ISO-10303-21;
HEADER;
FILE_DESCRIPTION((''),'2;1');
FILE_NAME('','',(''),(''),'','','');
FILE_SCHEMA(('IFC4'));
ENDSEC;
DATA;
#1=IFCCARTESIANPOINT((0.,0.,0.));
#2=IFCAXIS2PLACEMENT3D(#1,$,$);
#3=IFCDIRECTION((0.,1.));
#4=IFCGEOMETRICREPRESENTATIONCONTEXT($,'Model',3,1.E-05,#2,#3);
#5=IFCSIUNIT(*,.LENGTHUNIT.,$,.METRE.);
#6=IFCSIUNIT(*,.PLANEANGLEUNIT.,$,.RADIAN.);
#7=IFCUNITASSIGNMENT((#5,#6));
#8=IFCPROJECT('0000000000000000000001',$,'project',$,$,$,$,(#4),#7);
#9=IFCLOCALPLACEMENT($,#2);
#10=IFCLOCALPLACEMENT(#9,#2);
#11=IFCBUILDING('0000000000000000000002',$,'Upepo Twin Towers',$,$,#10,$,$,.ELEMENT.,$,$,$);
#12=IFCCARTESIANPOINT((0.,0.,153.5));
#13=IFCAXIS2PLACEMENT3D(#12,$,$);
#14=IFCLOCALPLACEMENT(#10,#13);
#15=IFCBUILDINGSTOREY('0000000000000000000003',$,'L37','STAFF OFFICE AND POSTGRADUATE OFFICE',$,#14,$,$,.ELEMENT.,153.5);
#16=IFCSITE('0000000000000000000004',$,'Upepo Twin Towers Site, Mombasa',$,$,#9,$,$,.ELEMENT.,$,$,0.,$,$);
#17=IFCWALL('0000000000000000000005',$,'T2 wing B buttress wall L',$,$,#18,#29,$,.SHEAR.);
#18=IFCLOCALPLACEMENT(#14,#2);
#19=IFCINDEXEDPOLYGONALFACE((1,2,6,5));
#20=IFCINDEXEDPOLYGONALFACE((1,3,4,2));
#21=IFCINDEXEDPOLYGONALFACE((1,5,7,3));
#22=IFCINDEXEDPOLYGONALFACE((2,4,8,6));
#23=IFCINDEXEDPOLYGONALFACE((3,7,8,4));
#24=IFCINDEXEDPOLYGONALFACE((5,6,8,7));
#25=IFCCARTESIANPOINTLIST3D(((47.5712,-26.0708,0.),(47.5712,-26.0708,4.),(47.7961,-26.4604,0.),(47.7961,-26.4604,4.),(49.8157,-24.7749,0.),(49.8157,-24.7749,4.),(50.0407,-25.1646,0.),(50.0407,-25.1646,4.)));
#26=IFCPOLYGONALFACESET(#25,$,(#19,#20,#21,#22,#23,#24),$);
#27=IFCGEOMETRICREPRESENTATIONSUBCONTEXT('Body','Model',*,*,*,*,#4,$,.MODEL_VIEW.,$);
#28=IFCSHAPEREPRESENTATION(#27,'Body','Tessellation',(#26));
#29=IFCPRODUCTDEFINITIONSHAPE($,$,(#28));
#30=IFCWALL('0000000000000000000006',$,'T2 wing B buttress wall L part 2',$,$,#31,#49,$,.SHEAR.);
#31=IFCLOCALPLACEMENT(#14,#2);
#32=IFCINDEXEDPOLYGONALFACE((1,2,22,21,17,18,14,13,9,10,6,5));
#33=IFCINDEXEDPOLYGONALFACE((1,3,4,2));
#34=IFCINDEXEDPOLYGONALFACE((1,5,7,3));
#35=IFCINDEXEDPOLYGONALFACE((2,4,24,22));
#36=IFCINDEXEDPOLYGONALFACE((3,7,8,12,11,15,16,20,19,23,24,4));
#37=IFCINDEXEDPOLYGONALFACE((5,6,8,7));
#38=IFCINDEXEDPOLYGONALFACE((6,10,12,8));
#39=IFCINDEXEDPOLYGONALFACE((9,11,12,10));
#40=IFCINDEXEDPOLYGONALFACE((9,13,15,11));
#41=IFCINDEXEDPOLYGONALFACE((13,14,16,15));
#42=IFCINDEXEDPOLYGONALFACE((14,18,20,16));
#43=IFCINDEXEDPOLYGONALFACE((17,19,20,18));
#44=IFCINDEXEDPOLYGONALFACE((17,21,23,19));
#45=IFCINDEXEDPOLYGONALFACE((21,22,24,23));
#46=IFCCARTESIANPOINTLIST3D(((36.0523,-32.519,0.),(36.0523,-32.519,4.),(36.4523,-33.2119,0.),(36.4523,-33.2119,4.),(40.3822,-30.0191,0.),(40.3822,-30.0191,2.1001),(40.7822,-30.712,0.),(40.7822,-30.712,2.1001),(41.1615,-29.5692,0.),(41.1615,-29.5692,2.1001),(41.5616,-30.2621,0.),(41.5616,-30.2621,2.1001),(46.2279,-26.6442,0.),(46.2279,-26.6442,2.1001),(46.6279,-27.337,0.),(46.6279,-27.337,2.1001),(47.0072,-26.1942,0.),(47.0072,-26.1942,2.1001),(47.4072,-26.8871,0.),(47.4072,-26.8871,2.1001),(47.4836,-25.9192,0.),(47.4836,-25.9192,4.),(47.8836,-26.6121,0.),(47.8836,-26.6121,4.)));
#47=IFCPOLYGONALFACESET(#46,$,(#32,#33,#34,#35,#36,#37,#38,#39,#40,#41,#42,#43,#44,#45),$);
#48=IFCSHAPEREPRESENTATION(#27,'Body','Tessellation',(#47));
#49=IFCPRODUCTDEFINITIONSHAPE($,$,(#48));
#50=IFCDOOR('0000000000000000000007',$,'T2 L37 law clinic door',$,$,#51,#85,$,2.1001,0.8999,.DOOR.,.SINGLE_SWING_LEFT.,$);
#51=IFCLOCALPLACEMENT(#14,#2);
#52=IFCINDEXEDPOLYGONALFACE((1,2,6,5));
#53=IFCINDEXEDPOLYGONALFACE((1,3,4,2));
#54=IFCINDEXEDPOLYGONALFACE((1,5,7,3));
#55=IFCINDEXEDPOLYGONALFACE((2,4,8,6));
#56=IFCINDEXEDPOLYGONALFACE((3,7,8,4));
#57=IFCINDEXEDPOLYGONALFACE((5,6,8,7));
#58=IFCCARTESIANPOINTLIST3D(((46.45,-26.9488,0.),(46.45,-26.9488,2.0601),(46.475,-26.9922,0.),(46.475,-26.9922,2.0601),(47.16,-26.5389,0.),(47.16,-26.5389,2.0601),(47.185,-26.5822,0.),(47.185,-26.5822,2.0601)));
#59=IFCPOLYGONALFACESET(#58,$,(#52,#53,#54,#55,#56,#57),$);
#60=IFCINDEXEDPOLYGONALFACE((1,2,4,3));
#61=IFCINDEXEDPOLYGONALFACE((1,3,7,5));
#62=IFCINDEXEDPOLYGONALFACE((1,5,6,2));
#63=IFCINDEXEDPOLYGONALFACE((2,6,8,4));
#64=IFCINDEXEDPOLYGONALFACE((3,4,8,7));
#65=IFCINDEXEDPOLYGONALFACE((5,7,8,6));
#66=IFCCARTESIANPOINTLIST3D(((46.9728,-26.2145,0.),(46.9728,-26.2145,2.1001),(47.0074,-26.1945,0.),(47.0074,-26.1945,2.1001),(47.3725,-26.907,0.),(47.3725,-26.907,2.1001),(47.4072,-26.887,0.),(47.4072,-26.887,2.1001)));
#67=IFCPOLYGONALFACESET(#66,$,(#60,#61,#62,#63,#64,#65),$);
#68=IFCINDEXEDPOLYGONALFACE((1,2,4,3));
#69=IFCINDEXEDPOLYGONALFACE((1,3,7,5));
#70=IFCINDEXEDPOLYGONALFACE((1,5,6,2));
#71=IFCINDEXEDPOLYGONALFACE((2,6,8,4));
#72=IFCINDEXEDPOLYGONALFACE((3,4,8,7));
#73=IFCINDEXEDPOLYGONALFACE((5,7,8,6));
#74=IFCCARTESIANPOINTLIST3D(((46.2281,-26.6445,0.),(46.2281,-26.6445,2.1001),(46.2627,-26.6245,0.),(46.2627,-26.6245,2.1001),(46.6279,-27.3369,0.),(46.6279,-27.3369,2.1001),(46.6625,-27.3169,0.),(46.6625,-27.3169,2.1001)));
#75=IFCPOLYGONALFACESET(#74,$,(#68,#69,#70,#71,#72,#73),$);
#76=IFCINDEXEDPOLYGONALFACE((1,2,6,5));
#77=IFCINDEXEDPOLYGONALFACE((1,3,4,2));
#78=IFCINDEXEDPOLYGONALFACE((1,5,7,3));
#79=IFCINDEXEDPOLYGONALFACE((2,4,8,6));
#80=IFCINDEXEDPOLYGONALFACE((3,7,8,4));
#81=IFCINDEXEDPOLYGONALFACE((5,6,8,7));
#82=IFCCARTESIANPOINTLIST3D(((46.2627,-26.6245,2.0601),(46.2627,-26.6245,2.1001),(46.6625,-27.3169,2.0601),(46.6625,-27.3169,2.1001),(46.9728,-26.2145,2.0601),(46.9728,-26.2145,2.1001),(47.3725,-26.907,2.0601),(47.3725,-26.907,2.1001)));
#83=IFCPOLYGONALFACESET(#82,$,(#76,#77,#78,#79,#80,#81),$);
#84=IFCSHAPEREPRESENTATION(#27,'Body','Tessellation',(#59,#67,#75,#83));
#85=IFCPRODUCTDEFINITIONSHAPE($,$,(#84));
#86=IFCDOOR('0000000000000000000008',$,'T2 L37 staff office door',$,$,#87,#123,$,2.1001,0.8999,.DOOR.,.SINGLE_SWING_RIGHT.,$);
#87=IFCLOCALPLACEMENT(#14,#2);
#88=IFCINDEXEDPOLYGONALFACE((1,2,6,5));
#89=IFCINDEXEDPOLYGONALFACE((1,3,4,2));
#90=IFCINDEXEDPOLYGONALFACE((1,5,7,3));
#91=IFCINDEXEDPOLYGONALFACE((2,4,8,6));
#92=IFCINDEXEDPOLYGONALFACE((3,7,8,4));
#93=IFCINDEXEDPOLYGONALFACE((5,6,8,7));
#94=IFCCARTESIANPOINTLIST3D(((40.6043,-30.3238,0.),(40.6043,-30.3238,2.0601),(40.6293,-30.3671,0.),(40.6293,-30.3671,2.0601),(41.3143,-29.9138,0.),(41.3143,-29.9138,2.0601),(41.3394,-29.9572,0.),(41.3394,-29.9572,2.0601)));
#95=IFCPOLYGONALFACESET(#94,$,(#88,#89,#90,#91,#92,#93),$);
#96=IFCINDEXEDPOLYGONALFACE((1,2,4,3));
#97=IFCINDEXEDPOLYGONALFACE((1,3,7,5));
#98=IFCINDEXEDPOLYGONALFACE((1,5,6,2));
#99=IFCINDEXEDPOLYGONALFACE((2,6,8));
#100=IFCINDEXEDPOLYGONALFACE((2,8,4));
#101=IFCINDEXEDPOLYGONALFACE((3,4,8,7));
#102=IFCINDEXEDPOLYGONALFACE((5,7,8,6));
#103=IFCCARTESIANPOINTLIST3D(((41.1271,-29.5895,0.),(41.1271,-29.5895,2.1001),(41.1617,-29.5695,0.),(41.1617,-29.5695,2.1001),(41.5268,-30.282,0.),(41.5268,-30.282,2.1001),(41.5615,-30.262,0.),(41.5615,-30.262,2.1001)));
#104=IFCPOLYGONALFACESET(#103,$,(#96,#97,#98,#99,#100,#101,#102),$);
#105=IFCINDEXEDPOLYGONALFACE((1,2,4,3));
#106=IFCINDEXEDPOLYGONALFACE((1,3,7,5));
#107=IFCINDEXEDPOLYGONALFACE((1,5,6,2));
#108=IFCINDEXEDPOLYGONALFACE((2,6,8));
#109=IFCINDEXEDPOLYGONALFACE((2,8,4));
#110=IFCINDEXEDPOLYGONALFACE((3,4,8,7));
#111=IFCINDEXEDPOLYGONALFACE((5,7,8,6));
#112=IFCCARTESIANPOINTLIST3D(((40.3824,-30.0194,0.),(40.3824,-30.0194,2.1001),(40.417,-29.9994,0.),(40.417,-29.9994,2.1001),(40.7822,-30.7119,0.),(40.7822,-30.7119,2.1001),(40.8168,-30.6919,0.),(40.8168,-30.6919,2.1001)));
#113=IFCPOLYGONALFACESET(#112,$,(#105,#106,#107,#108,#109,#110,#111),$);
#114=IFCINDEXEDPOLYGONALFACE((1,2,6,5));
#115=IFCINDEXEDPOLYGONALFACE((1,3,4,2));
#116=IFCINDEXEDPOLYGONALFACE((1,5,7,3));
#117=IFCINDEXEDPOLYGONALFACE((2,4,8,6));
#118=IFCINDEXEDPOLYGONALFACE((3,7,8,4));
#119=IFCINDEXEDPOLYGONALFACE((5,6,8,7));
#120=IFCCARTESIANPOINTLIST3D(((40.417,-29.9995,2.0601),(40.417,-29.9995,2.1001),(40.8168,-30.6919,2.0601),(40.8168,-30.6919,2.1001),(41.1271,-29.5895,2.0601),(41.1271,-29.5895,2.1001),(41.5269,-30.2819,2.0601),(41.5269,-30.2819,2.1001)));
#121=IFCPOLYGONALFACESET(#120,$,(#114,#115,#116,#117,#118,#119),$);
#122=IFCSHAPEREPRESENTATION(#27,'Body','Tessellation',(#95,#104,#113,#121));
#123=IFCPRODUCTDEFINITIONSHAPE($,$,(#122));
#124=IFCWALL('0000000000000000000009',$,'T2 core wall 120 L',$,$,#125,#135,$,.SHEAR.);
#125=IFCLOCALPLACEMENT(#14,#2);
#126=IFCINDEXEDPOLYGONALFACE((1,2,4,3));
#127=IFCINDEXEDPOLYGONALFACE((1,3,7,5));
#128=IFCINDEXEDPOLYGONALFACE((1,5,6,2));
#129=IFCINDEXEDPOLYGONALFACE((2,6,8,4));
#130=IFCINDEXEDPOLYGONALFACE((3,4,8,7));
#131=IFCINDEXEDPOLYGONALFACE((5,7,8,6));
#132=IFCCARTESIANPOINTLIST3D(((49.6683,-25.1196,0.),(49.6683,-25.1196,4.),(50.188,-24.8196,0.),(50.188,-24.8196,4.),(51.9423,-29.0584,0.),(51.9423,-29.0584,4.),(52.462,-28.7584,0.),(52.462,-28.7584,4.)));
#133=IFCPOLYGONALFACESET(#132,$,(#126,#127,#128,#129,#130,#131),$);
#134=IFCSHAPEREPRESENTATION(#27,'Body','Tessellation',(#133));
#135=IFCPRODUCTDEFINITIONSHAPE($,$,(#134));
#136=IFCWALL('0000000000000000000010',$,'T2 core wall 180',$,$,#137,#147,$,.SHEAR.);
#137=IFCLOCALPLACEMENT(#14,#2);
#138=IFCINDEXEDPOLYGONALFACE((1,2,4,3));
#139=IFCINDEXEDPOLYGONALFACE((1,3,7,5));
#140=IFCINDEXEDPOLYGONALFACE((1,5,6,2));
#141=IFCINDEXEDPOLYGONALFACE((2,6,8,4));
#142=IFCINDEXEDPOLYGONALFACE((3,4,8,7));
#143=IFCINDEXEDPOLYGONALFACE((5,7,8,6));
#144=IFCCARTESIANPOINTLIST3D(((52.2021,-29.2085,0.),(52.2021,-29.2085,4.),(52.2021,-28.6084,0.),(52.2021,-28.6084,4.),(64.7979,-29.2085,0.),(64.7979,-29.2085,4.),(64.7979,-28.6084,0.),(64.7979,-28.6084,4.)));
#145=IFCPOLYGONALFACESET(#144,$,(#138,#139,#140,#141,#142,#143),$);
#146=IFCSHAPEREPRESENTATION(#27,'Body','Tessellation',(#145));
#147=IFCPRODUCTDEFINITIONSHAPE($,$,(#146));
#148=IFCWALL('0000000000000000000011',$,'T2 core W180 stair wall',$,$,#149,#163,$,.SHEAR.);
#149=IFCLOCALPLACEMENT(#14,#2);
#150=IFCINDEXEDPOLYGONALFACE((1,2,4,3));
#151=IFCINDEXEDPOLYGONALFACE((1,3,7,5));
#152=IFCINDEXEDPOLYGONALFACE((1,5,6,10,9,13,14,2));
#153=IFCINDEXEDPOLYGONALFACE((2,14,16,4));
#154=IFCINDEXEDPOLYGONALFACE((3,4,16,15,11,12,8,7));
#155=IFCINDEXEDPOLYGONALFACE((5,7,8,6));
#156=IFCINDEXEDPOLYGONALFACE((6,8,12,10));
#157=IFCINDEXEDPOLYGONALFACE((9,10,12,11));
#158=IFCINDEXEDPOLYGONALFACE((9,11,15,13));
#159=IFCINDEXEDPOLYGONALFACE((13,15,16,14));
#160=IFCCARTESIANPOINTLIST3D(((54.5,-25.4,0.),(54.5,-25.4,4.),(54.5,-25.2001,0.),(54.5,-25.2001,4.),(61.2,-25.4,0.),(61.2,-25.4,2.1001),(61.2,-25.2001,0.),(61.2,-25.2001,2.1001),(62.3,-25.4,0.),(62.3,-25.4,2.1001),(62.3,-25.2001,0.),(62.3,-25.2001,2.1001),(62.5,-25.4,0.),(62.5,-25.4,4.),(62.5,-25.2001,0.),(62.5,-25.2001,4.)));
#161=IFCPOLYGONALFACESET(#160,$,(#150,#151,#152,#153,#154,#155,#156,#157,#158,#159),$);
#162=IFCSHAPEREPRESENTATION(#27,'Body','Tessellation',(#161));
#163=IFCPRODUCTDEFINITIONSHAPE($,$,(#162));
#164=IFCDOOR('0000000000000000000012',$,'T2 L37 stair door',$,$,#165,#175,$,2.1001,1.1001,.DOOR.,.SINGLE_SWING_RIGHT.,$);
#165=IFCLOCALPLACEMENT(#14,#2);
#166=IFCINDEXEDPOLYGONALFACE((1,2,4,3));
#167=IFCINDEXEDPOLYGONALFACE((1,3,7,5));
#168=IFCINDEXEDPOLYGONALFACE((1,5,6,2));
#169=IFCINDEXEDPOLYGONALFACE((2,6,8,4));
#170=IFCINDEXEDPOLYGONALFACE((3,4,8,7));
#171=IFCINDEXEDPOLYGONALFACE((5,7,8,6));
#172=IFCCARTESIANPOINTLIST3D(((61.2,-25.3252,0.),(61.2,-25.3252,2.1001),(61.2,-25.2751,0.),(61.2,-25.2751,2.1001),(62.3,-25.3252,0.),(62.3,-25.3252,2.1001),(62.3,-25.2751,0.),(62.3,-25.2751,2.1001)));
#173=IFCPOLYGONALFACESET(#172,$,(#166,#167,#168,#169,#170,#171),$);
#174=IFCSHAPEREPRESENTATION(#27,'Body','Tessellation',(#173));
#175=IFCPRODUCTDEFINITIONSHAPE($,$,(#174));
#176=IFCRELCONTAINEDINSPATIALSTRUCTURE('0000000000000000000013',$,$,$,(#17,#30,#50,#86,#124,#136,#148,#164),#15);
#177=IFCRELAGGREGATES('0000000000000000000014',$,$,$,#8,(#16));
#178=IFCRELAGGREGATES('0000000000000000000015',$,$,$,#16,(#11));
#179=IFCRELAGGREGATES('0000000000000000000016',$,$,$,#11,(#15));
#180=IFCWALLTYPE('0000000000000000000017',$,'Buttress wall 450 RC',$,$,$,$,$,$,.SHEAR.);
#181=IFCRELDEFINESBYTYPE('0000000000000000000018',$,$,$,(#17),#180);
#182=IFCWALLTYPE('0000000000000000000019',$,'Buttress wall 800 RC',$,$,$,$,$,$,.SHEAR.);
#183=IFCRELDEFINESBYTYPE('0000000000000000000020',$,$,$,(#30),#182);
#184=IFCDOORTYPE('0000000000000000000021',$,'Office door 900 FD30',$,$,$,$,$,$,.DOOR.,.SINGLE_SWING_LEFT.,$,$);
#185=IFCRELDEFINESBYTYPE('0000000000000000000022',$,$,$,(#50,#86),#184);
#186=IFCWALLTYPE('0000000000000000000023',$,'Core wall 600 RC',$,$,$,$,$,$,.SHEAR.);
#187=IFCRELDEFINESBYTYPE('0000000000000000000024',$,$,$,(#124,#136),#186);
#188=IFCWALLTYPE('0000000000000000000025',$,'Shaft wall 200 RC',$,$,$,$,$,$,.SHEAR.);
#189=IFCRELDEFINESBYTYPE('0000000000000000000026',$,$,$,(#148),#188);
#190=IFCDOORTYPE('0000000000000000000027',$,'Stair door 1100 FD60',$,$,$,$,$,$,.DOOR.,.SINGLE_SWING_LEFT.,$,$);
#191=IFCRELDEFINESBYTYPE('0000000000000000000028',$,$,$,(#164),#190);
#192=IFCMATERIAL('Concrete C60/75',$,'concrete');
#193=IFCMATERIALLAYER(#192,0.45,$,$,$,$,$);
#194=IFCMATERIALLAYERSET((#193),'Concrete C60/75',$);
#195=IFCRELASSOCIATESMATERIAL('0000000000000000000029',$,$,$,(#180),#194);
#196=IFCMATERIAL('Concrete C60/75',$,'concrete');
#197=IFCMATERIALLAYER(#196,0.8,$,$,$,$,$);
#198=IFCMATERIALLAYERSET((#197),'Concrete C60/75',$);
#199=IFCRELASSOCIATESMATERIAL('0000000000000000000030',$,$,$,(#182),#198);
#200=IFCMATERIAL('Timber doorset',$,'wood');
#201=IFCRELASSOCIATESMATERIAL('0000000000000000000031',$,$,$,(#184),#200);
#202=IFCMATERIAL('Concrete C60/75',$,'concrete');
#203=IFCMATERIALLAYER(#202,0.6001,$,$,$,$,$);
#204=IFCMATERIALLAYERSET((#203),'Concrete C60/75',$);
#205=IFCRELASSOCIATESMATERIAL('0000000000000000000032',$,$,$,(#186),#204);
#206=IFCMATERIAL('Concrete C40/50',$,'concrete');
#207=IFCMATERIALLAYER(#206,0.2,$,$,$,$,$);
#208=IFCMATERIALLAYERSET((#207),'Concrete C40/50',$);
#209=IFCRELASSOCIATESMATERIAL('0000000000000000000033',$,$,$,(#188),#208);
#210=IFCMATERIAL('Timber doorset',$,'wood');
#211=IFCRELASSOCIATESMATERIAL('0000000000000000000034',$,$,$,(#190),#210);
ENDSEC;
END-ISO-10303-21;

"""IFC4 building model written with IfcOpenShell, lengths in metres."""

from ifc_helpers import new_model, si_unit, direction, frame, frame_2d, origin, place, context, subcontext, project, spatial, rectangle, extrude, material, layer, layer_set, type_object, element, fill, save


model = new_model("IFC4")

# Units and contexts
model_context = context("Model", 3, precision=1e-05, world=origin(), true_north=direction((0.0, 1.0)))
body_context = subcontext(model_context, "Body", "Model", "MODEL_VIEW")
ifc_project = project(units=[si_unit("LENGTHUNIT", "METRE"), si_unit("PLANEANGLEUNIT", "RADIAN")], contexts=[model_context])

# Site, building, storey
site_placement = place(None, origin())
site = spatial("IfcSite", under=ifc_project, at=site_placement, Name="Upepo Twin Towers Site, Mombasa", CompositionType="ELEMENT", RefElevation=0.0)
building_placement = place(site_placement, origin())
building = spatial("IfcBuilding", under=site, at=building_placement, Name="Upepo Twin Towers", CompositionType="ELEMENT")
storey_placement = place(building_placement, frame((0.0, 0.0, 153.5)))
storey = spatial("IfcBuildingStorey", under=building, at=storey_placement, Name="L37", Description="STAFF OFFICE AND POSTGRADUATE OFFICE", CompositionType="ELEMENT", Elevation=153.5)

# Wall
ifc_material_1 = material(Name="Concrete C60/75", Category="concrete")
ifc_layer_1 = layer(ifc_material_1, 0.45)
ifc_layer_set_1 = layer_set([ifc_layer_1], Name="Concrete C60/75")
wall_type_1 = type_object("IfcWallType", Name="Buttress wall 450 RC", PredefinedType="SHEAR", material=ifc_layer_set_1)
wall_1_placement = place(storey_placement, frame((49.9282, -24.9697, 0.0), z_axis=(0.0, 0.0, 1.0), x_axis=(-0.866032, -0.499989, 0.0)))
element("IfcWall", 1, at=wall_1_placement, inside=storey, type_object=wall_type_1, Name="T2 wing B buttress wall L", PredefinedType="SHEAR", context=body_context, shape_type="SweptSolid", body=[
    extrude(rectangle(XDim=2.5918, YDim=0.45, at=frame_2d((1.2959, 0.0))), origin(), (0.0, 0.0, 1.0), 4.0),
])

# Wall, openings, doors
ifc_material_2 = material(Name="Concrete C60/75", Category="concrete")
ifc_layer_2 = layer(ifc_material_2, 0.8)
ifc_layer_set_2 = layer_set([ifc_layer_2], Name="Concrete C60/75")
wall_type_2 = type_object("IfcWallType", Name="Buttress wall 800 RC", PredefinedType="SHEAR", material=ifc_layer_set_2)
wall_2_placement = place(storey_placement, frame((47.6836, -26.2656, 0.0), z_axis=(0.0, 0.0, 1.0), x_axis=(-0.866028, -0.499996, 0.0)))
wall_2 = element("IfcWall", 2, at=wall_2_placement, inside=storey, type_object=wall_type_2, Name="T2 wing B buttress wall L part 2", PredefinedType="SHEAR", context=body_context, shape_type="SweptSolid", body=[
    extrude(rectangle(XDim=13.1997, YDim=0.8, at=frame_2d((6.5999, 0.0))), origin(), (0.0, 0.0, 1.0), 4.0),
])
opening_1_placement = place(wall_2_placement, frame((0.55, 0.0, 0.0)))
opening_1 = element("IfcOpeningElement", 3, at=opening_1_placement, cuts=wall_2, PredefinedType="OPENING", context=body_context, shape_type="SweptSolid", body=[
    extrude(rectangle(XDim=0.8999, YDim=2.1001, at=frame_2d((0.45, 1.05))), frame((0.0, 0.4099, 0.0), z_axis=(0.0, -1.0, 0.0), x_axis=(1.0, 0.0, 0.0)), (0.0, 0.0, 1.0), 0.8201),
])
opening_2_placement = place(wall_2_placement, frame((7.3, 0.0, 0.0)))
opening_2 = element("IfcOpeningElement", 4, at=opening_2_placement, cuts=wall_2, PredefinedType="OPENING", context=body_context, shape_type="SweptSolid", body=[
    extrude(rectangle(XDim=0.8999, YDim=2.1001, at=frame_2d((0.45, 1.05))), frame((0.0, 0.4099, 0.0), z_axis=(0.0, -1.0, 0.0), x_axis=(1.0, 0.0, 0.0)), (0.0, 0.0, 1.0), 0.8201),
])
ifc_material_3 = material(Name="Timber doorset", Category="wood")
door_type_1 = type_object("IfcDoorType", Name="Office door 900 FD30", OperationType="SINGLE_SWING_LEFT", PredefinedType="DOOR", material=ifc_material_3)
door_1_placement = place(opening_1_placement, origin())
door_1 = element("IfcDoor", 5, at=door_1_placement, inside=storey, type_object=door_type_1, Name="T2 L37 law clinic door", OperationType="SINGLE_SWING_LEFT", OverallHeight=2.1001, OverallWidth=0.8999, PredefinedType="DOOR", context=body_context, shape_type="SweptSolid", body=[
    extrude(rectangle(XDim=0.8199, YDim=2.0601, at=frame_2d((0.45, 1.03))), frame((0.0, 0.0249, 0.0), z_axis=(0.0, -1.0, 0.0), x_axis=(1.0, 0.0, 0.0)), (0.0, 0.0, 1.0), 0.05),
    extrude(rectangle(XDim=0.04, YDim=2.1001, at=frame_2d((0.02, 1.05))), frame((0.0, 0.3999, 0.0), z_axis=(0.0, -1.0, 0.0), x_axis=(1.0, 0.0, 0.0)), (0.0, 0.0, 1.0), 0.7996),
    extrude(rectangle(XDim=0.04, YDim=2.1001, at=frame_2d((0.8799, 1.05))), frame((0.0, 0.3999, 0.0), z_axis=(0.0, -1.0, 0.0), x_axis=(1.0, 0.0, 0.0)), (0.0, 0.0, 1.0), 0.7996),
    extrude(rectangle(XDim=0.8199, YDim=0.04, at=frame_2d((0.45, 2.0801))), frame((0.0, 0.3999, 0.0), z_axis=(0.0, -1.0, 0.0), x_axis=(1.0, 0.0, 0.0)), (0.0, 0.0, 1.0), 0.7996),
])
fill(opening_1, door_1)
door_2_placement = place(opening_2_placement, origin())
door_2 = element("IfcDoor", 6, at=door_2_placement, inside=storey, type_object=door_type_1, Name="T2 L37 staff office door", OperationType="SINGLE_SWING_RIGHT", OverallHeight=2.1001, OverallWidth=0.8999, PredefinedType="DOOR", context=body_context, shape_type="SweptSolid", body=[
    extrude(rectangle(XDim=0.8199, YDim=2.0601, at=frame_2d((0.45, 1.03))), frame((0.0, 0.0249, 0.0), z_axis=(0.0, -1.0, 0.0), x_axis=(1.0, 0.0, 0.0)), (0.0, 0.0, 1.0), 0.05),
    extrude(rectangle(XDim=0.04, YDim=2.1001, at=frame_2d((0.02, 1.05))), frame((0.0, 0.3999, 0.0), z_axis=(0.0, -1.0, 0.0), x_axis=(1.0, 0.0, 0.0)), (0.0, 0.0, 1.0), 0.7996),
    extrude(rectangle(XDim=0.04, YDim=2.1001, at=frame_2d((0.8799, 1.05))), frame((0.0, 0.3999, 0.0), z_axis=(0.0, -1.0, 0.0), x_axis=(1.0, 0.0, 0.0)), (0.0, 0.0, 1.0), 0.7996),
    extrude(rectangle(XDim=0.8199, YDim=0.04, at=frame_2d((0.45, 2.0801))), frame((0.0, 0.3999, 0.0), z_axis=(0.0, -1.0, 0.0), x_axis=(1.0, 0.0, 0.0)), (0.0, 0.0, 1.0), 0.7996),
])
fill(opening_2, door_2)

# Walls
ifc_material_4 = material(Name="Concrete C60/75", Category="concrete")
ifc_layer_3 = layer(ifc_material_4, 0.6001)
ifc_layer_set_3 = layer_set([ifc_layer_3], Name="Concrete C60/75")
wall_type_3 = type_object("IfcWallType", Name="Core wall 600 RC", PredefinedType="SHEAR", material=ifc_layer_set_3)
wall_3_placement = place(storey_placement, frame((49.9282, -24.9697, 0.0), z_axis=(0.0, 0.0, 1.0), x_axis=(0.499984, -0.866035, 0.0)))
element("IfcWall", 7, at=wall_3_placement, inside=storey, type_object=wall_type_3, Name="T2 core wall 120 L", PredefinedType="SHEAR", context=body_context, shape_type="SweptSolid", body=[
    extrude(rectangle(XDim=4.5481, YDim=0.6001, at=frame_2d((2.2739, 0.0))), origin(), (0.0, 0.0, 1.0), 4.0),
])
wall_4_placement = place(storey_placement, frame((52.2021, -28.9084, 0.0), z_axis=(0.0, 0.0, 1.0), x_axis=(1.0, 0.0, 0.0)))
element("IfcWall", 8, at=wall_4_placement, inside=storey, type_object=wall_type_3, Name="T2 core wall 180", PredefinedType="SHEAR", context=body_context, shape_type="SweptSolid", body=[
    extrude(rectangle(XDim=12.5957, YDim=0.6001, at=frame_2d((6.2979, 0.0))), origin(), (0.0, 0.0, 1.0), 4.0),
])

# Wall, opening, door
ifc_material_5 = material(Name="Concrete C40/50", Category="concrete")
ifc_layer_4 = layer(ifc_material_5, 0.2)
ifc_layer_set_4 = layer_set([ifc_layer_4], Name="Concrete C40/50")
wall_type_4 = type_object("IfcWallType", Name="Shaft wall 200 RC", PredefinedType="SHEAR", material=ifc_layer_set_4)
wall_5_placement = place(storey_placement, frame((54.5, -25.3, 0.0), z_axis=(0.0, 0.0, 1.0), x_axis=(1.0, 0.0, 0.0)))
wall_5 = element("IfcWall", 9, at=wall_5_placement, inside=storey, type_object=wall_type_4, Name="T2 core W180 stair wall", PredefinedType="SHEAR", context=body_context, shape_type="SweptSolid", body=[
    extrude(rectangle(XDim=8.0, YDim=0.2, at=frame_2d((4.0, 0.0))), origin(), (0.0, 0.0, 1.0), 4.0),
])
opening_3_placement = place(wall_5_placement, frame((6.7, 0.0, 0.0)))
opening_3 = element("IfcOpeningElement", 10, at=opening_3_placement, cuts=wall_5, PredefinedType="OPENING", context=body_context, shape_type="SweptSolid", body=[
    extrude(rectangle(XDim=1.1001, YDim=2.1001, at=frame_2d((0.55, 1.05))), frame((0.0, 0.1099, 0.0), z_axis=(0.0, -1.0, 0.0), x_axis=(1.0, 0.0, 0.0)), (0.0, 0.0, 1.0), 0.22),
])
ifc_material_6 = material(Name="Timber doorset", Category="wood")
door_type_2 = type_object("IfcDoorType", Name="Stair door 1100 FD60", OperationType="SINGLE_SWING_LEFT", PredefinedType="DOOR", material=ifc_material_6)
door_3_placement = place(opening_3_placement, origin())
door_3 = element("IfcDoor", 11, at=door_3_placement, inside=storey, type_object=door_type_2, Name="T2 L37 stair door", OperationType="SINGLE_SWING_RIGHT", OverallHeight=2.1001, OverallWidth=1.1001, PredefinedType="DOOR", context=body_context, shape_type="SweptSolid", body=[
    extrude(rectangle(XDim=1.1001, YDim=2.1001, at=frame_2d((0.55, 1.05))), frame((0.0, 0.0249, 0.0), z_axis=(0.0, -1.0, 0.0), x_axis=(1.0, 0.0, 0.0)), (0.0, 0.0, 1.0), 0.05),
])
fill(opening_3, door_3)

save(model, "model.ifc")
